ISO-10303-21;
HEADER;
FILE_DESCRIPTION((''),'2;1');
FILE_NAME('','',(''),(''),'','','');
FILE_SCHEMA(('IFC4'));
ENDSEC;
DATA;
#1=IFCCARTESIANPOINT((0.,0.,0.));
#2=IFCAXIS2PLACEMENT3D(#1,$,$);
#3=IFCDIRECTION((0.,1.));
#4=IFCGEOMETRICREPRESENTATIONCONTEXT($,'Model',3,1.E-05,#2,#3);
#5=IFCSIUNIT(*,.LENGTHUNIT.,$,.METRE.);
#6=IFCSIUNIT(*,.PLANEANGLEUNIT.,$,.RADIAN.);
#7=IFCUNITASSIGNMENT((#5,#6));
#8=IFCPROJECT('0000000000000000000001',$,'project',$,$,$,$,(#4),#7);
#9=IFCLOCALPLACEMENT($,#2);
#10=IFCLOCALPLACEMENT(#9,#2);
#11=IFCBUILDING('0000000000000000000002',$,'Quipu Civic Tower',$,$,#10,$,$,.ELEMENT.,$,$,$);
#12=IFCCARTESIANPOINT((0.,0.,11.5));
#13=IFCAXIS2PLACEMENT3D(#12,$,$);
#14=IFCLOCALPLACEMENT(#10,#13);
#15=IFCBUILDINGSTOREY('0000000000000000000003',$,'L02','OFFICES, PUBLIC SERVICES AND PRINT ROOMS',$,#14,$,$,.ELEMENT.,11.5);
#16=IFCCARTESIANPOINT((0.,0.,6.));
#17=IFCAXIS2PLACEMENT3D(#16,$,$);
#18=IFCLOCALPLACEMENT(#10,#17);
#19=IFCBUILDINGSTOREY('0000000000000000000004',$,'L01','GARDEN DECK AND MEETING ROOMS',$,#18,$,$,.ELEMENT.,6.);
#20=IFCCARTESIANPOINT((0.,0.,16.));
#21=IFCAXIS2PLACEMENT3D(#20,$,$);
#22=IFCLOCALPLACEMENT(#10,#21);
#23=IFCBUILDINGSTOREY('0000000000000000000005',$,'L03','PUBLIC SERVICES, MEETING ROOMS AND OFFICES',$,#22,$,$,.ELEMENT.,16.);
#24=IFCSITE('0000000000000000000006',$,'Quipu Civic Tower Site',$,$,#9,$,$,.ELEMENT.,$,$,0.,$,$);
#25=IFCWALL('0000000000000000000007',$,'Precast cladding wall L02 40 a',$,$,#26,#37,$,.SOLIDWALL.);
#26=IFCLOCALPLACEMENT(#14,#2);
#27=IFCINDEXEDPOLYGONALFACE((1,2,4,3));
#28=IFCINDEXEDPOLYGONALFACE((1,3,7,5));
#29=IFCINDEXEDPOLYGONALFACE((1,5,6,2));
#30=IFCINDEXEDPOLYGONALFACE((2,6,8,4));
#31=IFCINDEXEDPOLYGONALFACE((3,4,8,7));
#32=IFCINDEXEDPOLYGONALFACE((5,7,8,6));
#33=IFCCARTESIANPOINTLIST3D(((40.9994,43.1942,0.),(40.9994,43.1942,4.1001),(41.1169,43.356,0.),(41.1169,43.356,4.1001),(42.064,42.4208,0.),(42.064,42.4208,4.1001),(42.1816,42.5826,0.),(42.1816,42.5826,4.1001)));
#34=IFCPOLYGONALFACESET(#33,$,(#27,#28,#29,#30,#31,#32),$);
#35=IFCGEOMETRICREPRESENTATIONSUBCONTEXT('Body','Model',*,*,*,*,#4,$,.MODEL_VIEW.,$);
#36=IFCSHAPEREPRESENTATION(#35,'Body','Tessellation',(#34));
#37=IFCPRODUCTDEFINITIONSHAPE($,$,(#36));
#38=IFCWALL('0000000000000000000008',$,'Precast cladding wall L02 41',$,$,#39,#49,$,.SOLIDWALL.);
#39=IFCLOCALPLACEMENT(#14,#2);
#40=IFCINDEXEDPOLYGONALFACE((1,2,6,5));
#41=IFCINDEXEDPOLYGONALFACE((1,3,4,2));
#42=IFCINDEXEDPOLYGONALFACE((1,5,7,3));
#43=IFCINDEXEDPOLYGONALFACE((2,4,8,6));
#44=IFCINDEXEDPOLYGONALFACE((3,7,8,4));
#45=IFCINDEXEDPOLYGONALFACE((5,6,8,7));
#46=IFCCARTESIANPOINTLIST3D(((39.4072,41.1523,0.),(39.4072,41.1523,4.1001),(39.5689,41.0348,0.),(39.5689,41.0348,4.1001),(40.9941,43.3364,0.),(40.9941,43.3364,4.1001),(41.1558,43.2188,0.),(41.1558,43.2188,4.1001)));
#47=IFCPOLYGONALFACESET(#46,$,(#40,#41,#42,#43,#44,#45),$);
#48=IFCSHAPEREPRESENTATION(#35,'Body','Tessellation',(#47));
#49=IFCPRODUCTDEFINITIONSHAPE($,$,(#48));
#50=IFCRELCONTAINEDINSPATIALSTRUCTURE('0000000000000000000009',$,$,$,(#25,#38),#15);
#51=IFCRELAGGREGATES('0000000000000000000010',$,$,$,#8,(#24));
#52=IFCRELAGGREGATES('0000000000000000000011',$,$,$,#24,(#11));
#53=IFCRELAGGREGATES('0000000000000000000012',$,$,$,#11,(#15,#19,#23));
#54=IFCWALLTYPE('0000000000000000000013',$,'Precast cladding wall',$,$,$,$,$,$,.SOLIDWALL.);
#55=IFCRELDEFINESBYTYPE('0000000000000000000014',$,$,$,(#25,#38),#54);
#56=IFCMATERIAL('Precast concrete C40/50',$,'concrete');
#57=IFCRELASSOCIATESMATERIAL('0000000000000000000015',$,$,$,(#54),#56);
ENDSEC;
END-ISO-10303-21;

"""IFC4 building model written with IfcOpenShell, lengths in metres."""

from ifc_helpers import new_model, si_unit, direction, frame, frame_2d, origin, place, context, subcontext, project, spatial, rectangle, extrude, material, type_object, element, save


model = new_model("IFC4")

# Units and contexts
model_context = context("Model", 3, precision=1e-05, world=origin(), true_north=direction((0.0, 1.0)))
body_context = subcontext(model_context, "Body", "Model", "MODEL_VIEW")
ifc_project = project(units=[si_unit("LENGTHUNIT", "METRE"), si_unit("PLANEANGLEUNIT", "RADIAN")], contexts=[model_context])

# Site, building, storey
site_placement = place(None, origin())
site = spatial("IfcSite", under=ifc_project, at=site_placement, Name="Quipu Civic Tower Site", CompositionType="ELEMENT", RefElevation=0.0)
building_placement = place(site_placement, origin())
building = spatial("IfcBuilding", under=site, at=building_placement, Name="Quipu Civic Tower", CompositionType="ELEMENT")
storey_1_placement = place(building_placement, frame((0.0, 0.0, 11.5)))
storey_1 = spatial("IfcBuildingStorey", under=building, at=storey_1_placement, Name="L02", Description="OFFICES, PUBLIC SERVICES AND PRINT ROOMS", CompositionType="ELEMENT", Elevation=11.5)

# Shared definitions
storey_2_placement = place(building_placement, frame((0.0, 0.0, 6.0)))
storey_2 = spatial("IfcBuildingStorey", under=building, at=storey_2_placement, Name="L01", Description="GARDEN DECK AND MEETING ROOMS", CompositionType="ELEMENT", Elevation=6.0)

# Shared definitions
storey_3_placement = place(building_placement, frame((0.0, 0.0, 16.0)))
storey_3 = spatial("IfcBuildingStorey", under=building, at=storey_3_placement, Name="L03", Description="PUBLIC SERVICES, MEETING ROOMS AND OFFICES", CompositionType="ELEMENT", Elevation=16.0)

# Walls
ifc_material_1 = material(Name="Precast concrete C40/50", Category="concrete")
wall_type_1 = type_object("IfcWallType", Name="Precast cladding wall", PredefinedType="SOLIDWALL", material=ifc_material_1)
wall_1_placement = place(storey_1_placement, frame((42.1228, 42.5017, 0.0), z_axis=(0.0, 0.0, 1.0), x_axis=(-0.809057, 0.58773, 0.0)))
element("IfcWall", 1, at=wall_1_placement, inside=storey_1, type_object=wall_type_1, Name="Precast cladding wall L02 40 a", PredefinedType="SOLIDWALL", context=body_context, shape_type="SweptSolid", body=[
    extrude(rectangle(XDim=1.3159, YDim=0.2, at=frame_2d((0.658, 0.0))), origin(), (0.0, 0.0, 1.0), 4.1001),
])
wall_2_placement = place(storey_1_placement, frame((41.075, 43.2776, 0.0), z_axis=(0.0, 0.0, 1.0), x_axis=(-0.587806, -0.809002, 0.0)))
element("IfcWall", 2, at=wall_2_placement, inside=storey_1, type_object=wall_type_1, Name="Precast cladding wall L02 41", PredefinedType="SOLIDWALL", context=body_context, shape_type="SweptSolid", body=[
    extrude(rectangle(XDim=2.6997, YDim=0.2, at=frame_2d((1.3499, 0.0))), origin(), (0.0, 0.0, 1.0), 4.1001),
])

save(model, "model.ifc")
